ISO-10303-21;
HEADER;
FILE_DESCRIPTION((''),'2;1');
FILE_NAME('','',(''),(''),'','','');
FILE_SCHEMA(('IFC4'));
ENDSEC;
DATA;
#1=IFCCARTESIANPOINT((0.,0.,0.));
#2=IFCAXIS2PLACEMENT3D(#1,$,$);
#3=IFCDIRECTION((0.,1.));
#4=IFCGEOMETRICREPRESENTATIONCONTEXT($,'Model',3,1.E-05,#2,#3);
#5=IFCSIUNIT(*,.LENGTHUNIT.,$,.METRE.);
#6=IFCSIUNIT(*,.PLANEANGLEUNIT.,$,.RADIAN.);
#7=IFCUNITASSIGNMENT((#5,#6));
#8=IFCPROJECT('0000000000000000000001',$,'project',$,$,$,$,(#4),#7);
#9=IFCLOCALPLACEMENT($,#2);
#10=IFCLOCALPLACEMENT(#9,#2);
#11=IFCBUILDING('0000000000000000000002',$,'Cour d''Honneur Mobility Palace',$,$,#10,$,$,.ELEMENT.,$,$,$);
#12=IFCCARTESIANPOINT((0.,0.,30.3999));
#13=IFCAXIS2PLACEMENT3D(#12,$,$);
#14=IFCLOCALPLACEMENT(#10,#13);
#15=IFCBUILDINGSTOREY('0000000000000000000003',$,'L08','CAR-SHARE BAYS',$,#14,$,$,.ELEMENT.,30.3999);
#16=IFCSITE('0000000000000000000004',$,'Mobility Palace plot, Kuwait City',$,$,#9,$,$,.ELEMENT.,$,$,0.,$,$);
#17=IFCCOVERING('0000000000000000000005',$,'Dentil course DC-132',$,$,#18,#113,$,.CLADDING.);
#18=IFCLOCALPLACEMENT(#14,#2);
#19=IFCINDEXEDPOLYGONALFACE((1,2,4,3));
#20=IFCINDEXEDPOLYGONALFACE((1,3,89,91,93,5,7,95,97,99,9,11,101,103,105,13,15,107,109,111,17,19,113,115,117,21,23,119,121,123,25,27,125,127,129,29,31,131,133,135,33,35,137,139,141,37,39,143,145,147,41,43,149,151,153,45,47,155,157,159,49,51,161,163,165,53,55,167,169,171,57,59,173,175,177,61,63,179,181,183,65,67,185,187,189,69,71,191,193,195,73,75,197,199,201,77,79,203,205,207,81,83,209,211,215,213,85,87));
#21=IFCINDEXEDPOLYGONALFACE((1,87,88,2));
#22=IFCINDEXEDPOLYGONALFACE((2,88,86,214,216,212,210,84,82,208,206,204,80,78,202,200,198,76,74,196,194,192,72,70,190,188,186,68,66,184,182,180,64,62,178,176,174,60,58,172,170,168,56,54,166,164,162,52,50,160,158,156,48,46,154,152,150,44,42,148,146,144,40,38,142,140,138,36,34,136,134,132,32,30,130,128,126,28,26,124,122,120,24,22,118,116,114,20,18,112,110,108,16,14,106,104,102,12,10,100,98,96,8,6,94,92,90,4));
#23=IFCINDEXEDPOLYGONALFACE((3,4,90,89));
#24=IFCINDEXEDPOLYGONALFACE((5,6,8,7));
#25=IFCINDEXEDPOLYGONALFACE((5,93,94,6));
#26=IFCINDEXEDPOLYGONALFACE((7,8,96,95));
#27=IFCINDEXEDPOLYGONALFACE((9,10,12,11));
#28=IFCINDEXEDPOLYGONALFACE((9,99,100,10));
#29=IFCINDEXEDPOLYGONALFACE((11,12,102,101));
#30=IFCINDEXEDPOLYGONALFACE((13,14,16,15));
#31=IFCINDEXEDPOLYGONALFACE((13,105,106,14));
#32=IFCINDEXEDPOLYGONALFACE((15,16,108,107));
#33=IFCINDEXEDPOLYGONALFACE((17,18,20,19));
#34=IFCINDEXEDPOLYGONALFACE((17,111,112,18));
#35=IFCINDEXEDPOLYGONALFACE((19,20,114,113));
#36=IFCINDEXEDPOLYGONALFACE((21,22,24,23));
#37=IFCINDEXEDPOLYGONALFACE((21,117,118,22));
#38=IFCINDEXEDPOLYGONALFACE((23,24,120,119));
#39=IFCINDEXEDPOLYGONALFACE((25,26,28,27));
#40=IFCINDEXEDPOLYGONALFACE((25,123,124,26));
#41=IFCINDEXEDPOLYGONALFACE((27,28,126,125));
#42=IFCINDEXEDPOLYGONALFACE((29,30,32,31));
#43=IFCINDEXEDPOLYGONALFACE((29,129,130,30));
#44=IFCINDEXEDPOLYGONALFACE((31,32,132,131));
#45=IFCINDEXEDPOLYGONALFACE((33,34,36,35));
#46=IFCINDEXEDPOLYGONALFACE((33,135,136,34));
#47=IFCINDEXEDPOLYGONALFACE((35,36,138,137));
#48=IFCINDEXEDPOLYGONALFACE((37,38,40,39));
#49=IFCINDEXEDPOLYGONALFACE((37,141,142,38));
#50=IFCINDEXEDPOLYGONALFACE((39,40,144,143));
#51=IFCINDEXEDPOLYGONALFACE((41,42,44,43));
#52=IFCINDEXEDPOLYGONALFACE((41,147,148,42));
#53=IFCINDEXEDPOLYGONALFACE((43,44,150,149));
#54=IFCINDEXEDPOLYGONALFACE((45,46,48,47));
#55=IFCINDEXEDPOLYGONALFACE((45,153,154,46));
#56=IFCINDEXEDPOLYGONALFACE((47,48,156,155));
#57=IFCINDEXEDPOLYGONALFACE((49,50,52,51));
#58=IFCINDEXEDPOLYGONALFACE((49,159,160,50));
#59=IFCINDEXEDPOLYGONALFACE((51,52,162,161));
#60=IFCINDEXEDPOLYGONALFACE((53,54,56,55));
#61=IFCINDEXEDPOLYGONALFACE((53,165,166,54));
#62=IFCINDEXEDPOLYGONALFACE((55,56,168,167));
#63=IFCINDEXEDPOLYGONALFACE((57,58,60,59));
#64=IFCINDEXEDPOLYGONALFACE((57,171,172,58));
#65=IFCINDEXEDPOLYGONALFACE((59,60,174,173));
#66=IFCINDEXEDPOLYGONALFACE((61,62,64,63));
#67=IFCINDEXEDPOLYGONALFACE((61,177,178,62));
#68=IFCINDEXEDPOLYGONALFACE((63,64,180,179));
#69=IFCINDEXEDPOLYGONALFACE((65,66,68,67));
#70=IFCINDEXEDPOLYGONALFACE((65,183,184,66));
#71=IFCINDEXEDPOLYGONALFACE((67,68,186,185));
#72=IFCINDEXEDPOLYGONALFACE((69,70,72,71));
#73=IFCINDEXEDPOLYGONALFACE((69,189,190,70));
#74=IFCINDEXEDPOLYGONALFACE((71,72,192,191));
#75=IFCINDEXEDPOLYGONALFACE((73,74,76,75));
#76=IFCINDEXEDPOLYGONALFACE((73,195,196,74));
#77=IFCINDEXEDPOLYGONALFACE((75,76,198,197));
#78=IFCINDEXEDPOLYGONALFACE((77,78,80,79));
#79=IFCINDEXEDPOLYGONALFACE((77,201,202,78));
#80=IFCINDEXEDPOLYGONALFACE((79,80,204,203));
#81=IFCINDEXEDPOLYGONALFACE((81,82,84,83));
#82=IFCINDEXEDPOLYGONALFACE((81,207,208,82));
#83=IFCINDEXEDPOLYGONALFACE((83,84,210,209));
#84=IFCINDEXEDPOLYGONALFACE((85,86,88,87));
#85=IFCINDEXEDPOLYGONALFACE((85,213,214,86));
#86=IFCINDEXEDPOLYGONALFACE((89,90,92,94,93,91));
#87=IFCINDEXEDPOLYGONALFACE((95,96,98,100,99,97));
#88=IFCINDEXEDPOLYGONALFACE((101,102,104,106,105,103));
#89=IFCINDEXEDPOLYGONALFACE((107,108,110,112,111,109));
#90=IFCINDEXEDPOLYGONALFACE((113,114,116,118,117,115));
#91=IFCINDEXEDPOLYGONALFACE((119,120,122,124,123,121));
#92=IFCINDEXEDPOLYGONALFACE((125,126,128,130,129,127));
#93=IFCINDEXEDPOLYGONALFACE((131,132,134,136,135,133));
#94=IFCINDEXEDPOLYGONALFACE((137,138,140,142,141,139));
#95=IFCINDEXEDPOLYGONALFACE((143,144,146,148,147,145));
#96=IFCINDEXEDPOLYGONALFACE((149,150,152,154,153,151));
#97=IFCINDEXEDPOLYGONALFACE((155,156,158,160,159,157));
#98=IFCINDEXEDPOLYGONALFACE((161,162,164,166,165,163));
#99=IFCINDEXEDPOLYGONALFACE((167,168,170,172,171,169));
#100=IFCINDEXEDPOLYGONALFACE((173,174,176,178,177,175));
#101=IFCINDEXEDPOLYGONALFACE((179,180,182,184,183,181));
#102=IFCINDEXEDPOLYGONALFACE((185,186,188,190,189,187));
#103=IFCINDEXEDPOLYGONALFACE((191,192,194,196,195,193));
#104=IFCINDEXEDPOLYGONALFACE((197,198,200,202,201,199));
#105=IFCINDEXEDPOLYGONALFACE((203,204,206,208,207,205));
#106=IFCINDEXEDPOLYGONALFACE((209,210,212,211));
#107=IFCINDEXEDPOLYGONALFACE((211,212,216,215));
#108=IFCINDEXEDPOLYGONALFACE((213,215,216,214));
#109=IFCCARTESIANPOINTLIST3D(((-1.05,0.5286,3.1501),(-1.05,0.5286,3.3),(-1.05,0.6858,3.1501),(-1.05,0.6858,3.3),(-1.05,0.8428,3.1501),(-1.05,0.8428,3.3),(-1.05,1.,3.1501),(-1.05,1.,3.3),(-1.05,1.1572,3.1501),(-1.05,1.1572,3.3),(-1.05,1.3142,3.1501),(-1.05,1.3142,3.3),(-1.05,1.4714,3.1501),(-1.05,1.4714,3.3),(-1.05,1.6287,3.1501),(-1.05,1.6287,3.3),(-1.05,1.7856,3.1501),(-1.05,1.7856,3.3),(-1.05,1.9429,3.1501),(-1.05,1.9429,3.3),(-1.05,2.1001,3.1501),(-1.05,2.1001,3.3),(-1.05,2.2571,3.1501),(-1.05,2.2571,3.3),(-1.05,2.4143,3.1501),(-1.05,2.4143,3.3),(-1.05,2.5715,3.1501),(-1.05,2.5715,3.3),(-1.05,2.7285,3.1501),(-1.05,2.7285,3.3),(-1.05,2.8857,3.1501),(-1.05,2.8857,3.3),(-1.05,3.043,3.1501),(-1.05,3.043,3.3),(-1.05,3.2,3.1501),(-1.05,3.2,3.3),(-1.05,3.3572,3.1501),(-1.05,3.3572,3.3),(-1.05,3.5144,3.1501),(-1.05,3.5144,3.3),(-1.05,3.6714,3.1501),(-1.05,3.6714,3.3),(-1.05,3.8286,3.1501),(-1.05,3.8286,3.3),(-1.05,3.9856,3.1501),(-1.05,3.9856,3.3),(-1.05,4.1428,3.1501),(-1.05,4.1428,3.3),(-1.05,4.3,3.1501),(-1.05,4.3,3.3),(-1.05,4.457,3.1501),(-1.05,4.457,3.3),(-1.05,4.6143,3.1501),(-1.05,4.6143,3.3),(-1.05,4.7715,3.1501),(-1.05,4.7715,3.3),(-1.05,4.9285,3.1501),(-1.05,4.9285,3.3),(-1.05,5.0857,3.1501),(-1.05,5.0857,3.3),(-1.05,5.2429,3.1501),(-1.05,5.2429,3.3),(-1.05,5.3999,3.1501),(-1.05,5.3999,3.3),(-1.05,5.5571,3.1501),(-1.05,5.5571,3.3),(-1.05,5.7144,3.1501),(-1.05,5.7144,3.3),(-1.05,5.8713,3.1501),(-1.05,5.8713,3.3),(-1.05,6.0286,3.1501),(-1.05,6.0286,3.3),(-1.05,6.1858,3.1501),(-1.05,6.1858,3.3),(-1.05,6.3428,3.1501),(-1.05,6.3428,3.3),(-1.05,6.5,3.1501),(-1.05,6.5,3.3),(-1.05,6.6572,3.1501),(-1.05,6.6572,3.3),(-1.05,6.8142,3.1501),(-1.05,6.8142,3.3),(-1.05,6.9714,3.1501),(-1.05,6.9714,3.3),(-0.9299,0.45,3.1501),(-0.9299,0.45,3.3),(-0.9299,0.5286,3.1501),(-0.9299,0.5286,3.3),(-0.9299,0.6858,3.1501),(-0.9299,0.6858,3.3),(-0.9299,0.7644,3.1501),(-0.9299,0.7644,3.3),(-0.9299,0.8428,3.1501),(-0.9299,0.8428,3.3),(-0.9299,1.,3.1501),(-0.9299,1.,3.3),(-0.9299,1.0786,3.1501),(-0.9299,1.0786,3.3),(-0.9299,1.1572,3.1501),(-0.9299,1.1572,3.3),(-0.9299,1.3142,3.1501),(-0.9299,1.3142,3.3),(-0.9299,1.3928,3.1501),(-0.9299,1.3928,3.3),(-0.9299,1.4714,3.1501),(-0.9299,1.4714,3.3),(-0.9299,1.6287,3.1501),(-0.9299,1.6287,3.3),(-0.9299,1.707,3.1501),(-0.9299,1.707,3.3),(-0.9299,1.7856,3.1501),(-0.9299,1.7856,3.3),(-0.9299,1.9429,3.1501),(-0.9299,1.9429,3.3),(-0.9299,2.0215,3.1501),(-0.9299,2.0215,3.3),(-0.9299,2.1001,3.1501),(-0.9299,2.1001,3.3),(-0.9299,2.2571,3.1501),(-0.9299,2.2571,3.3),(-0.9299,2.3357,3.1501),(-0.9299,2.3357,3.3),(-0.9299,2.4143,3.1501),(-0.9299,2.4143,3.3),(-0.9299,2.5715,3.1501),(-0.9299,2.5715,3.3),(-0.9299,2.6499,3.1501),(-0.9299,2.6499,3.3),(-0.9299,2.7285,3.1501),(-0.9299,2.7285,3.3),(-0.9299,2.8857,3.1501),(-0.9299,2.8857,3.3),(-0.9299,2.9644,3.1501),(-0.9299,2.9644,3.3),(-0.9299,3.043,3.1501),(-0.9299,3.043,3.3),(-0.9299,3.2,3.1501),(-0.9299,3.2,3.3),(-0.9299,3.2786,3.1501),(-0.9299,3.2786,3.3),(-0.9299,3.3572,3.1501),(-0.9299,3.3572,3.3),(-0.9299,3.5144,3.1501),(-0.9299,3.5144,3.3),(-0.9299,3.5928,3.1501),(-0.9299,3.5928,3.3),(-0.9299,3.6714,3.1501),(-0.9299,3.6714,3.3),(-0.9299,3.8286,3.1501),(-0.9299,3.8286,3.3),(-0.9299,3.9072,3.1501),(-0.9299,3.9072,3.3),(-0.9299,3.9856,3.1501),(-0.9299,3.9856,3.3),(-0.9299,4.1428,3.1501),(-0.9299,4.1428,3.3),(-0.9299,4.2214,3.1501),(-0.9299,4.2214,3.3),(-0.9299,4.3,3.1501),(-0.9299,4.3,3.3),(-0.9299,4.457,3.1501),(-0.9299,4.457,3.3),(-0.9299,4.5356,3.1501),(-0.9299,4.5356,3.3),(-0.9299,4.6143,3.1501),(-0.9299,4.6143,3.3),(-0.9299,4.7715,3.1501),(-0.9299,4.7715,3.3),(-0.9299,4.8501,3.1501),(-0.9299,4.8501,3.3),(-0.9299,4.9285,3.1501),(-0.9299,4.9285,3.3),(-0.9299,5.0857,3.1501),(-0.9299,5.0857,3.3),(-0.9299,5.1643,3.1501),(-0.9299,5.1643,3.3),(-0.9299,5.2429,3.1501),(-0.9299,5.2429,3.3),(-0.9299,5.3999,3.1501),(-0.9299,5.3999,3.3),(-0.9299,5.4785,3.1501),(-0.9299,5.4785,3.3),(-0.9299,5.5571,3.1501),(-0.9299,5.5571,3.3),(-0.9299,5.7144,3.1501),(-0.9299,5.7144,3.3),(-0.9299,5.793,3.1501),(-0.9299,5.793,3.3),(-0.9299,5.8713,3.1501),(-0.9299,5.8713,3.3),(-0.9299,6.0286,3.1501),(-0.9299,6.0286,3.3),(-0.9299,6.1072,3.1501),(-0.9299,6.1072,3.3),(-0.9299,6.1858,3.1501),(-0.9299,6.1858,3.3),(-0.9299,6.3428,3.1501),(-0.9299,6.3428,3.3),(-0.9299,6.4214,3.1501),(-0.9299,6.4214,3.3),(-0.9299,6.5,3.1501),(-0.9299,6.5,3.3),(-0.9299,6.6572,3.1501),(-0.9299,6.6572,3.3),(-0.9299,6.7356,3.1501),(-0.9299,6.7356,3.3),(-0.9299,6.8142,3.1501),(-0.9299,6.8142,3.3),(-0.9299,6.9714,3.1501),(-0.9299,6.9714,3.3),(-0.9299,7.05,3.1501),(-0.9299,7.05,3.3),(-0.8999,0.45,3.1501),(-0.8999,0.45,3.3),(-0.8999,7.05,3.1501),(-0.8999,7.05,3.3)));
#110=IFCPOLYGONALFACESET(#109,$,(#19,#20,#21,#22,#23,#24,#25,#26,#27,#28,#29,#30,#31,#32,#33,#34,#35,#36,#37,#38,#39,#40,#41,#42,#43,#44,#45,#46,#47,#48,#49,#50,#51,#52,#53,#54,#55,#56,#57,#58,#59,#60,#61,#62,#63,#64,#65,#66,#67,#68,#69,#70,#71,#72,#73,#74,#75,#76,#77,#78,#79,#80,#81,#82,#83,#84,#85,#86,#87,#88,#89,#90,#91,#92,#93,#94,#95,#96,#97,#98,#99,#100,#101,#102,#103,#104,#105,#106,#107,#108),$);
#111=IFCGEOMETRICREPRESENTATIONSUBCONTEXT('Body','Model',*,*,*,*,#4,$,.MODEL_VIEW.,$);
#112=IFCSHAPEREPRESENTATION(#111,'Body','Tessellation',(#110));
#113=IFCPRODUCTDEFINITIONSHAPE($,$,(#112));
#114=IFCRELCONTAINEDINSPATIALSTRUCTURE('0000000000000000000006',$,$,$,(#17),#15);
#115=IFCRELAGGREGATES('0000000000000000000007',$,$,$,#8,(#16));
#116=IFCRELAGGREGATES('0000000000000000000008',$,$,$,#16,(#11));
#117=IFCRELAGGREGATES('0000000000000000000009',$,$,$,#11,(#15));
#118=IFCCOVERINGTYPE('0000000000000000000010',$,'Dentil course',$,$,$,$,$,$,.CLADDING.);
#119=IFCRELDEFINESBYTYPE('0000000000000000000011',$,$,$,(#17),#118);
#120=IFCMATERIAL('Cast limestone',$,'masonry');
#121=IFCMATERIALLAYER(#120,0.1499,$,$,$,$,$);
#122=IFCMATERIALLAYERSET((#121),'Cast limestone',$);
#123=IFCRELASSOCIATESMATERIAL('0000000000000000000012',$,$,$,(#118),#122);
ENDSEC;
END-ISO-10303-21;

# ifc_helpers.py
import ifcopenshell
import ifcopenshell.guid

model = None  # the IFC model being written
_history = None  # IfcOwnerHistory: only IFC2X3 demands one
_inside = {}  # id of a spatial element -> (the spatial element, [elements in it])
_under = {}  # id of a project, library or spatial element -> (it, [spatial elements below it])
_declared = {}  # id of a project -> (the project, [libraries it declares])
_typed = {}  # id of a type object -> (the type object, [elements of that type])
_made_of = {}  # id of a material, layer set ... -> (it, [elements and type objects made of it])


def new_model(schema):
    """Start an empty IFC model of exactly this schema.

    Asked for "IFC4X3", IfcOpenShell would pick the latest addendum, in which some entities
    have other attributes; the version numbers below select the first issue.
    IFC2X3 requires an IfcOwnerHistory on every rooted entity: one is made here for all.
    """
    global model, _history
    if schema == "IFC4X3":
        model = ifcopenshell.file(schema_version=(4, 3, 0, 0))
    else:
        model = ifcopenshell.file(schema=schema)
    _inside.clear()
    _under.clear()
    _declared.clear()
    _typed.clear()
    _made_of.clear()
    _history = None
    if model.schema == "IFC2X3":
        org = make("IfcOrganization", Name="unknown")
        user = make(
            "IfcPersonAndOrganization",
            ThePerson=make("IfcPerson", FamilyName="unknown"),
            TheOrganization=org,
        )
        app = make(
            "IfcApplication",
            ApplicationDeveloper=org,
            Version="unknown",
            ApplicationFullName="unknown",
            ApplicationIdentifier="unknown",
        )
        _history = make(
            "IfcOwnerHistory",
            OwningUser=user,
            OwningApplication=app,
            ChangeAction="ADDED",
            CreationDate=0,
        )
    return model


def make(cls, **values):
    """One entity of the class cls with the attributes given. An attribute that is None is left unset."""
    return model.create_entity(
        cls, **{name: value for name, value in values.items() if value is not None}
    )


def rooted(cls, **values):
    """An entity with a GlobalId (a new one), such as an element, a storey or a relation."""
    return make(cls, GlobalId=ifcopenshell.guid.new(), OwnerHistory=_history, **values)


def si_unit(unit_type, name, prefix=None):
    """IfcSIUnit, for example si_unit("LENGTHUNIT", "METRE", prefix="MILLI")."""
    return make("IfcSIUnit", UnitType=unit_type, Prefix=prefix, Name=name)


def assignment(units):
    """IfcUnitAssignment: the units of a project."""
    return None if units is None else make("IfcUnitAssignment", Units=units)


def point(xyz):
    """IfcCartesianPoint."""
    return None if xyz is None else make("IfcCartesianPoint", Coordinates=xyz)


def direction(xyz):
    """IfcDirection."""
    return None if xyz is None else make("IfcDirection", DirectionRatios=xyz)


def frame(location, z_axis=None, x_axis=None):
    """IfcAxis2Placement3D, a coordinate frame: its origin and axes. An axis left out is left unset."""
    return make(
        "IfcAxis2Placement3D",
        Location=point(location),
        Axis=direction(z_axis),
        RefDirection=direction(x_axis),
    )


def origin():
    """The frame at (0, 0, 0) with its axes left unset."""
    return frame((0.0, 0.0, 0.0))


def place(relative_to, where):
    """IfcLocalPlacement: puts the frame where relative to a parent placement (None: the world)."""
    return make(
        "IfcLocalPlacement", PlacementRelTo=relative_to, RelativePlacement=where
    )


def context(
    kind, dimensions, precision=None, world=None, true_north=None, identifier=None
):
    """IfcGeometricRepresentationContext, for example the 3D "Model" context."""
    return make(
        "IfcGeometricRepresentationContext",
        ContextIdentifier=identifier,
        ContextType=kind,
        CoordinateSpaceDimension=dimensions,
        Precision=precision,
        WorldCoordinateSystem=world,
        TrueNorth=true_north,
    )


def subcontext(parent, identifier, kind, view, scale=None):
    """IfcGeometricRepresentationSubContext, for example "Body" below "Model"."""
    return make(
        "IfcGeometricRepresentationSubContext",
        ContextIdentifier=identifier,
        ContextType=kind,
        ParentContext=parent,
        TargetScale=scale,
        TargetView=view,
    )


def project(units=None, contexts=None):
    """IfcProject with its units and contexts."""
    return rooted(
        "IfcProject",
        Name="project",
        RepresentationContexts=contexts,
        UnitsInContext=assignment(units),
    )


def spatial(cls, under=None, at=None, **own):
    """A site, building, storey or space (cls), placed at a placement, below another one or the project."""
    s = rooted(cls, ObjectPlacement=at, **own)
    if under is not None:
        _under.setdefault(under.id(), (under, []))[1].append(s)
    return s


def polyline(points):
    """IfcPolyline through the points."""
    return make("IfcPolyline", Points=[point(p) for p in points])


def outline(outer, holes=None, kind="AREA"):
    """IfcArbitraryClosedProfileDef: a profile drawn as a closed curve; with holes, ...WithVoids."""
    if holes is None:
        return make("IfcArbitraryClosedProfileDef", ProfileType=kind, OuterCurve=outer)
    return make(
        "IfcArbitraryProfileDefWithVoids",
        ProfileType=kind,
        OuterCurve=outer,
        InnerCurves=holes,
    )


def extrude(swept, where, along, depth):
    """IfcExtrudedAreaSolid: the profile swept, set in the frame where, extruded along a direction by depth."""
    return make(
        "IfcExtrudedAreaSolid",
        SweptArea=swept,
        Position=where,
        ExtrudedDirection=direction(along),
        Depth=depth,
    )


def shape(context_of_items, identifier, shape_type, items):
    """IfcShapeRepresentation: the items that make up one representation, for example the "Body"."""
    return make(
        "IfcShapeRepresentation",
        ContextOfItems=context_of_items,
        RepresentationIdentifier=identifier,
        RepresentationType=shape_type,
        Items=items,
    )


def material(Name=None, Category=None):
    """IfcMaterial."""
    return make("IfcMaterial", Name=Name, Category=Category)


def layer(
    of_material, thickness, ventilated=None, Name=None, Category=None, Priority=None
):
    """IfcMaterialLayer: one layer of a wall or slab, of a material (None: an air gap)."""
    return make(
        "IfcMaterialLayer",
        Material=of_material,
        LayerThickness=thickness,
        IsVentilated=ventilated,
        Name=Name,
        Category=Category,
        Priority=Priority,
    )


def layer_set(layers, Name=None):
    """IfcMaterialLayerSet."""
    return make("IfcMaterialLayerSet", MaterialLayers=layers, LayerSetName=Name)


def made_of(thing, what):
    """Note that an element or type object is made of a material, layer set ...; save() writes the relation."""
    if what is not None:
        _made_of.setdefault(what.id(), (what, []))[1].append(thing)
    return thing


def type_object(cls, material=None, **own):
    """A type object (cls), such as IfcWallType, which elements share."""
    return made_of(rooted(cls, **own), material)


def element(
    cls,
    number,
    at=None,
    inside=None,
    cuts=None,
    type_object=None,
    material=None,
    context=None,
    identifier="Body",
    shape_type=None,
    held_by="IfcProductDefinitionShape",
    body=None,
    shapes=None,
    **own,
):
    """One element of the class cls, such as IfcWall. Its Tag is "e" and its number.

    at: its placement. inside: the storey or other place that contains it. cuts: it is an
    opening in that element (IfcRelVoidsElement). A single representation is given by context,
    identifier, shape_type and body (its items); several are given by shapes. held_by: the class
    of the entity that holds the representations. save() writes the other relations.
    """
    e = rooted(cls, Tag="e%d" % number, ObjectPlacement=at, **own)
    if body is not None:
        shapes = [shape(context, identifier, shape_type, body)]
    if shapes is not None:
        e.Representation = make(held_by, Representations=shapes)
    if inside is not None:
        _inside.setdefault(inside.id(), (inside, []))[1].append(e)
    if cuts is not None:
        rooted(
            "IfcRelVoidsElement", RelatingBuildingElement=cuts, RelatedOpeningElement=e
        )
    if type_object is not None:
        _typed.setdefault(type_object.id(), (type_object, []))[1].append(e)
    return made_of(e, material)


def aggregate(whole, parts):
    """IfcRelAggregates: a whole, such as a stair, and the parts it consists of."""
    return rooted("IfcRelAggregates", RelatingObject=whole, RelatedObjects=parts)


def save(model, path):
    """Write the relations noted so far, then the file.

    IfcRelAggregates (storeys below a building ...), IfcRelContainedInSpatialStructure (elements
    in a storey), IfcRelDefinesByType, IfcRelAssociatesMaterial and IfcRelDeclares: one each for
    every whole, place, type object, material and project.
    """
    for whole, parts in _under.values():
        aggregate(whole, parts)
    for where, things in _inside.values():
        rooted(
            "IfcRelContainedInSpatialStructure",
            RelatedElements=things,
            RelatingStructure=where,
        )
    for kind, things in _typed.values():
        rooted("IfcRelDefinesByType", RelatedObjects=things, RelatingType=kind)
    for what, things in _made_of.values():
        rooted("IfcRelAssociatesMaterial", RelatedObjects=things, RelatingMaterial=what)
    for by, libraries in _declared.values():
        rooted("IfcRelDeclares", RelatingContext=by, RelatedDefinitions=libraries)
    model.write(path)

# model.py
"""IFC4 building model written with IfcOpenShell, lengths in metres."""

from ifc_helpers import new_model, si_unit, direction, frame, origin, place, context, subcontext, project, spatial, polyline, outline, extrude, material, layer, layer_set, type_object, element, save


model = new_model("IFC4")

# Units and contexts
model_context = context("Model", 3, precision=1e-05, world=origin(), true_north=direction((0.0, 1.0)))
body_context = subcontext(model_context, "Body", "Model", "MODEL_VIEW")
ifc_project = project(units=[si_unit("LENGTHUNIT", "METRE"), si_unit("PLANEANGLEUNIT", "RADIAN")], contexts=[model_context])

# Site, building, storey
site_placement = place(None, origin())
site = spatial("IfcSite", under=ifc_project, at=site_placement, Name="Mobility Palace plot, Kuwait City", CompositionType="ELEMENT", RefElevation=0.0)
building_placement = place(site_placement, origin())
building = spatial("IfcBuilding", under=site, at=building_placement, Name="Cour d'Honneur Mobility Palace", CompositionType="ELEMENT")
storey_placement = place(building_placement, frame((0.0, 0.0, 30.3999)))
storey = spatial("IfcBuildingStorey", under=building, at=storey_placement, Name="L08", Description="CAR-SHARE BAYS", CompositionType="ELEMENT", Elevation=30.3999)

# Covering
ifc_material_1 = material(Name="Cast limestone", Category="masonry")
ifc_layer_1 = layer(ifc_material_1, 0.1499)
ifc_layer_set_1 = layer_set([ifc_layer_1], Name="Cast limestone")
covering_type_1 = type_object("IfcCoveringType", Name="Dentil course", PredefinedType="CLADDING", material=ifc_layer_set_1)
covering_1_placement = place(storey_placement, frame((0.0, 0.0, 3.1501)))
element("IfcCovering", 1, at=covering_1_placement, inside=storey, type_object=covering_type_1, Name="Dentil course DC-132", PredefinedType="CLADDING", context=body_context, shape_type="SweptSolid", body=[
    extrude(outline(polyline([(-0.8999, 7.05), (-0.8999, 0.45), (-0.9299, 0.45), (-0.9299, 0.45), (-0.9299, 0.5286), (-1.05, 0.5286), (-1.05, 0.6858), (-0.9299, 0.6858), (-0.9299, 0.7644), (-0.9299, 0.7644), (-0.9299, 0.8428), (-1.05, 0.8428), (-1.05, 1.0), (-0.9299, 1.0), (-0.9299, 1.0786), (-0.9299, 1.0786), (-0.9299, 1.1572), (-1.05, 1.1572), (-1.05, 1.3142), (-0.9299, 1.3142), (-0.9299, 1.3928), (-0.9299, 1.3928), (-0.9299, 1.4714), (-1.05, 1.4714), (-1.05, 1.6287), (-0.9299, 1.6287), (-0.9299, 1.707), (-0.9299, 1.707), (-0.9299, 1.7856), (-1.05, 1.7856), (-1.05, 1.9429), (-0.9299, 1.9429), (-0.9299, 2.0215), (-0.9299, 2.0215), (-0.9299, 2.1001), (-1.05, 2.1001), (-1.05, 2.2571), (-0.9299, 2.2571), (-0.9299, 2.3357), (-0.9299, 2.3357), (-0.9299, 2.4143), (-1.05, 2.4143), (-1.05, 2.5715), (-0.9299, 2.5715), (-0.9299, 2.6499), (-0.9299, 2.6499), (-0.9299, 2.7285), (-1.05, 2.7285), (-1.05, 2.8857), (-0.9299, 2.8857), (-0.9299, 2.9644), (-0.9299, 2.9644), (-0.9299, 3.043), (-1.05, 3.043), (-1.05, 3.2), (-0.9299, 3.2), (-0.9299, 3.2786), (-0.9299, 3.2786), (-0.9299, 3.3572), (-1.05, 3.3572), (-1.05, 3.5144), (-0.9299, 3.5144), (-0.9299, 3.5928), (-0.9299, 3.5928), (-0.9299, 3.6714), (-1.05, 3.6714), (-1.05, 3.8286), (-0.9299, 3.8286), (-0.9299, 3.9072), (-0.9299, 3.9072), (-0.9299, 3.9856), (-1.05, 3.9856), (-1.05, 4.1428), (-0.9299, 4.1428), (-0.9299, 4.2214), (-0.9299, 4.2214), (-0.9299, 4.3), (-1.05, 4.3), (-1.05, 4.457), (-0.9299, 4.457), (-0.9299, 4.5356), (-0.9299, 4.5356), (-0.9299, 4.6143), (-1.05, 4.6143), (-1.05, 4.7715), (-0.9299, 4.7715), (-0.9299, 4.8501), (-0.9299, 4.8501), (-0.9299, 4.9285), (-1.05, 4.9285), (-1.05, 5.0857), (-0.9299, 5.0857), (-0.9299, 5.1643), (-0.9299, 5.1643), (-0.9299, 5.2429), (-1.05, 5.2429), (-1.05, 5.3999), (-0.9299, 5.3999), (-0.9299, 5.4785), (-0.9299, 5.4785), (-0.9299, 5.5571), (-1.05, 5.5571), (-1.05, 5.7144), (-0.9299, 5.7144), (-0.9299, 5.793), (-0.9299, 5.793), (-0.9299, 5.8713), (-1.05, 5.8713), (-1.05, 6.0286), (-0.9299, 6.0286), (-0.9299, 6.1072), (-0.9299, 6.1072), (-0.9299, 6.1858), (-1.05, 6.1858), (-1.05, 6.3428), (-0.9299, 6.3428), (-0.9299, 6.4214), (-0.9299, 6.4214), (-0.9299, 6.5), (-1.05, 6.5), (-1.05, 6.6572), (-0.9299, 6.6572), (-0.9299, 6.7356), (-0.9299, 6.7356), (-0.9299, 6.8142), (-1.05, 6.8142), (-1.05, 6.9714), (-0.9299, 6.9714), (-0.9299, 7.05), (-0.8999, 7.05)])), origin(), (0.0, 0.0, 1.0), 0.1499),
])

save(model, "model.ifc")
